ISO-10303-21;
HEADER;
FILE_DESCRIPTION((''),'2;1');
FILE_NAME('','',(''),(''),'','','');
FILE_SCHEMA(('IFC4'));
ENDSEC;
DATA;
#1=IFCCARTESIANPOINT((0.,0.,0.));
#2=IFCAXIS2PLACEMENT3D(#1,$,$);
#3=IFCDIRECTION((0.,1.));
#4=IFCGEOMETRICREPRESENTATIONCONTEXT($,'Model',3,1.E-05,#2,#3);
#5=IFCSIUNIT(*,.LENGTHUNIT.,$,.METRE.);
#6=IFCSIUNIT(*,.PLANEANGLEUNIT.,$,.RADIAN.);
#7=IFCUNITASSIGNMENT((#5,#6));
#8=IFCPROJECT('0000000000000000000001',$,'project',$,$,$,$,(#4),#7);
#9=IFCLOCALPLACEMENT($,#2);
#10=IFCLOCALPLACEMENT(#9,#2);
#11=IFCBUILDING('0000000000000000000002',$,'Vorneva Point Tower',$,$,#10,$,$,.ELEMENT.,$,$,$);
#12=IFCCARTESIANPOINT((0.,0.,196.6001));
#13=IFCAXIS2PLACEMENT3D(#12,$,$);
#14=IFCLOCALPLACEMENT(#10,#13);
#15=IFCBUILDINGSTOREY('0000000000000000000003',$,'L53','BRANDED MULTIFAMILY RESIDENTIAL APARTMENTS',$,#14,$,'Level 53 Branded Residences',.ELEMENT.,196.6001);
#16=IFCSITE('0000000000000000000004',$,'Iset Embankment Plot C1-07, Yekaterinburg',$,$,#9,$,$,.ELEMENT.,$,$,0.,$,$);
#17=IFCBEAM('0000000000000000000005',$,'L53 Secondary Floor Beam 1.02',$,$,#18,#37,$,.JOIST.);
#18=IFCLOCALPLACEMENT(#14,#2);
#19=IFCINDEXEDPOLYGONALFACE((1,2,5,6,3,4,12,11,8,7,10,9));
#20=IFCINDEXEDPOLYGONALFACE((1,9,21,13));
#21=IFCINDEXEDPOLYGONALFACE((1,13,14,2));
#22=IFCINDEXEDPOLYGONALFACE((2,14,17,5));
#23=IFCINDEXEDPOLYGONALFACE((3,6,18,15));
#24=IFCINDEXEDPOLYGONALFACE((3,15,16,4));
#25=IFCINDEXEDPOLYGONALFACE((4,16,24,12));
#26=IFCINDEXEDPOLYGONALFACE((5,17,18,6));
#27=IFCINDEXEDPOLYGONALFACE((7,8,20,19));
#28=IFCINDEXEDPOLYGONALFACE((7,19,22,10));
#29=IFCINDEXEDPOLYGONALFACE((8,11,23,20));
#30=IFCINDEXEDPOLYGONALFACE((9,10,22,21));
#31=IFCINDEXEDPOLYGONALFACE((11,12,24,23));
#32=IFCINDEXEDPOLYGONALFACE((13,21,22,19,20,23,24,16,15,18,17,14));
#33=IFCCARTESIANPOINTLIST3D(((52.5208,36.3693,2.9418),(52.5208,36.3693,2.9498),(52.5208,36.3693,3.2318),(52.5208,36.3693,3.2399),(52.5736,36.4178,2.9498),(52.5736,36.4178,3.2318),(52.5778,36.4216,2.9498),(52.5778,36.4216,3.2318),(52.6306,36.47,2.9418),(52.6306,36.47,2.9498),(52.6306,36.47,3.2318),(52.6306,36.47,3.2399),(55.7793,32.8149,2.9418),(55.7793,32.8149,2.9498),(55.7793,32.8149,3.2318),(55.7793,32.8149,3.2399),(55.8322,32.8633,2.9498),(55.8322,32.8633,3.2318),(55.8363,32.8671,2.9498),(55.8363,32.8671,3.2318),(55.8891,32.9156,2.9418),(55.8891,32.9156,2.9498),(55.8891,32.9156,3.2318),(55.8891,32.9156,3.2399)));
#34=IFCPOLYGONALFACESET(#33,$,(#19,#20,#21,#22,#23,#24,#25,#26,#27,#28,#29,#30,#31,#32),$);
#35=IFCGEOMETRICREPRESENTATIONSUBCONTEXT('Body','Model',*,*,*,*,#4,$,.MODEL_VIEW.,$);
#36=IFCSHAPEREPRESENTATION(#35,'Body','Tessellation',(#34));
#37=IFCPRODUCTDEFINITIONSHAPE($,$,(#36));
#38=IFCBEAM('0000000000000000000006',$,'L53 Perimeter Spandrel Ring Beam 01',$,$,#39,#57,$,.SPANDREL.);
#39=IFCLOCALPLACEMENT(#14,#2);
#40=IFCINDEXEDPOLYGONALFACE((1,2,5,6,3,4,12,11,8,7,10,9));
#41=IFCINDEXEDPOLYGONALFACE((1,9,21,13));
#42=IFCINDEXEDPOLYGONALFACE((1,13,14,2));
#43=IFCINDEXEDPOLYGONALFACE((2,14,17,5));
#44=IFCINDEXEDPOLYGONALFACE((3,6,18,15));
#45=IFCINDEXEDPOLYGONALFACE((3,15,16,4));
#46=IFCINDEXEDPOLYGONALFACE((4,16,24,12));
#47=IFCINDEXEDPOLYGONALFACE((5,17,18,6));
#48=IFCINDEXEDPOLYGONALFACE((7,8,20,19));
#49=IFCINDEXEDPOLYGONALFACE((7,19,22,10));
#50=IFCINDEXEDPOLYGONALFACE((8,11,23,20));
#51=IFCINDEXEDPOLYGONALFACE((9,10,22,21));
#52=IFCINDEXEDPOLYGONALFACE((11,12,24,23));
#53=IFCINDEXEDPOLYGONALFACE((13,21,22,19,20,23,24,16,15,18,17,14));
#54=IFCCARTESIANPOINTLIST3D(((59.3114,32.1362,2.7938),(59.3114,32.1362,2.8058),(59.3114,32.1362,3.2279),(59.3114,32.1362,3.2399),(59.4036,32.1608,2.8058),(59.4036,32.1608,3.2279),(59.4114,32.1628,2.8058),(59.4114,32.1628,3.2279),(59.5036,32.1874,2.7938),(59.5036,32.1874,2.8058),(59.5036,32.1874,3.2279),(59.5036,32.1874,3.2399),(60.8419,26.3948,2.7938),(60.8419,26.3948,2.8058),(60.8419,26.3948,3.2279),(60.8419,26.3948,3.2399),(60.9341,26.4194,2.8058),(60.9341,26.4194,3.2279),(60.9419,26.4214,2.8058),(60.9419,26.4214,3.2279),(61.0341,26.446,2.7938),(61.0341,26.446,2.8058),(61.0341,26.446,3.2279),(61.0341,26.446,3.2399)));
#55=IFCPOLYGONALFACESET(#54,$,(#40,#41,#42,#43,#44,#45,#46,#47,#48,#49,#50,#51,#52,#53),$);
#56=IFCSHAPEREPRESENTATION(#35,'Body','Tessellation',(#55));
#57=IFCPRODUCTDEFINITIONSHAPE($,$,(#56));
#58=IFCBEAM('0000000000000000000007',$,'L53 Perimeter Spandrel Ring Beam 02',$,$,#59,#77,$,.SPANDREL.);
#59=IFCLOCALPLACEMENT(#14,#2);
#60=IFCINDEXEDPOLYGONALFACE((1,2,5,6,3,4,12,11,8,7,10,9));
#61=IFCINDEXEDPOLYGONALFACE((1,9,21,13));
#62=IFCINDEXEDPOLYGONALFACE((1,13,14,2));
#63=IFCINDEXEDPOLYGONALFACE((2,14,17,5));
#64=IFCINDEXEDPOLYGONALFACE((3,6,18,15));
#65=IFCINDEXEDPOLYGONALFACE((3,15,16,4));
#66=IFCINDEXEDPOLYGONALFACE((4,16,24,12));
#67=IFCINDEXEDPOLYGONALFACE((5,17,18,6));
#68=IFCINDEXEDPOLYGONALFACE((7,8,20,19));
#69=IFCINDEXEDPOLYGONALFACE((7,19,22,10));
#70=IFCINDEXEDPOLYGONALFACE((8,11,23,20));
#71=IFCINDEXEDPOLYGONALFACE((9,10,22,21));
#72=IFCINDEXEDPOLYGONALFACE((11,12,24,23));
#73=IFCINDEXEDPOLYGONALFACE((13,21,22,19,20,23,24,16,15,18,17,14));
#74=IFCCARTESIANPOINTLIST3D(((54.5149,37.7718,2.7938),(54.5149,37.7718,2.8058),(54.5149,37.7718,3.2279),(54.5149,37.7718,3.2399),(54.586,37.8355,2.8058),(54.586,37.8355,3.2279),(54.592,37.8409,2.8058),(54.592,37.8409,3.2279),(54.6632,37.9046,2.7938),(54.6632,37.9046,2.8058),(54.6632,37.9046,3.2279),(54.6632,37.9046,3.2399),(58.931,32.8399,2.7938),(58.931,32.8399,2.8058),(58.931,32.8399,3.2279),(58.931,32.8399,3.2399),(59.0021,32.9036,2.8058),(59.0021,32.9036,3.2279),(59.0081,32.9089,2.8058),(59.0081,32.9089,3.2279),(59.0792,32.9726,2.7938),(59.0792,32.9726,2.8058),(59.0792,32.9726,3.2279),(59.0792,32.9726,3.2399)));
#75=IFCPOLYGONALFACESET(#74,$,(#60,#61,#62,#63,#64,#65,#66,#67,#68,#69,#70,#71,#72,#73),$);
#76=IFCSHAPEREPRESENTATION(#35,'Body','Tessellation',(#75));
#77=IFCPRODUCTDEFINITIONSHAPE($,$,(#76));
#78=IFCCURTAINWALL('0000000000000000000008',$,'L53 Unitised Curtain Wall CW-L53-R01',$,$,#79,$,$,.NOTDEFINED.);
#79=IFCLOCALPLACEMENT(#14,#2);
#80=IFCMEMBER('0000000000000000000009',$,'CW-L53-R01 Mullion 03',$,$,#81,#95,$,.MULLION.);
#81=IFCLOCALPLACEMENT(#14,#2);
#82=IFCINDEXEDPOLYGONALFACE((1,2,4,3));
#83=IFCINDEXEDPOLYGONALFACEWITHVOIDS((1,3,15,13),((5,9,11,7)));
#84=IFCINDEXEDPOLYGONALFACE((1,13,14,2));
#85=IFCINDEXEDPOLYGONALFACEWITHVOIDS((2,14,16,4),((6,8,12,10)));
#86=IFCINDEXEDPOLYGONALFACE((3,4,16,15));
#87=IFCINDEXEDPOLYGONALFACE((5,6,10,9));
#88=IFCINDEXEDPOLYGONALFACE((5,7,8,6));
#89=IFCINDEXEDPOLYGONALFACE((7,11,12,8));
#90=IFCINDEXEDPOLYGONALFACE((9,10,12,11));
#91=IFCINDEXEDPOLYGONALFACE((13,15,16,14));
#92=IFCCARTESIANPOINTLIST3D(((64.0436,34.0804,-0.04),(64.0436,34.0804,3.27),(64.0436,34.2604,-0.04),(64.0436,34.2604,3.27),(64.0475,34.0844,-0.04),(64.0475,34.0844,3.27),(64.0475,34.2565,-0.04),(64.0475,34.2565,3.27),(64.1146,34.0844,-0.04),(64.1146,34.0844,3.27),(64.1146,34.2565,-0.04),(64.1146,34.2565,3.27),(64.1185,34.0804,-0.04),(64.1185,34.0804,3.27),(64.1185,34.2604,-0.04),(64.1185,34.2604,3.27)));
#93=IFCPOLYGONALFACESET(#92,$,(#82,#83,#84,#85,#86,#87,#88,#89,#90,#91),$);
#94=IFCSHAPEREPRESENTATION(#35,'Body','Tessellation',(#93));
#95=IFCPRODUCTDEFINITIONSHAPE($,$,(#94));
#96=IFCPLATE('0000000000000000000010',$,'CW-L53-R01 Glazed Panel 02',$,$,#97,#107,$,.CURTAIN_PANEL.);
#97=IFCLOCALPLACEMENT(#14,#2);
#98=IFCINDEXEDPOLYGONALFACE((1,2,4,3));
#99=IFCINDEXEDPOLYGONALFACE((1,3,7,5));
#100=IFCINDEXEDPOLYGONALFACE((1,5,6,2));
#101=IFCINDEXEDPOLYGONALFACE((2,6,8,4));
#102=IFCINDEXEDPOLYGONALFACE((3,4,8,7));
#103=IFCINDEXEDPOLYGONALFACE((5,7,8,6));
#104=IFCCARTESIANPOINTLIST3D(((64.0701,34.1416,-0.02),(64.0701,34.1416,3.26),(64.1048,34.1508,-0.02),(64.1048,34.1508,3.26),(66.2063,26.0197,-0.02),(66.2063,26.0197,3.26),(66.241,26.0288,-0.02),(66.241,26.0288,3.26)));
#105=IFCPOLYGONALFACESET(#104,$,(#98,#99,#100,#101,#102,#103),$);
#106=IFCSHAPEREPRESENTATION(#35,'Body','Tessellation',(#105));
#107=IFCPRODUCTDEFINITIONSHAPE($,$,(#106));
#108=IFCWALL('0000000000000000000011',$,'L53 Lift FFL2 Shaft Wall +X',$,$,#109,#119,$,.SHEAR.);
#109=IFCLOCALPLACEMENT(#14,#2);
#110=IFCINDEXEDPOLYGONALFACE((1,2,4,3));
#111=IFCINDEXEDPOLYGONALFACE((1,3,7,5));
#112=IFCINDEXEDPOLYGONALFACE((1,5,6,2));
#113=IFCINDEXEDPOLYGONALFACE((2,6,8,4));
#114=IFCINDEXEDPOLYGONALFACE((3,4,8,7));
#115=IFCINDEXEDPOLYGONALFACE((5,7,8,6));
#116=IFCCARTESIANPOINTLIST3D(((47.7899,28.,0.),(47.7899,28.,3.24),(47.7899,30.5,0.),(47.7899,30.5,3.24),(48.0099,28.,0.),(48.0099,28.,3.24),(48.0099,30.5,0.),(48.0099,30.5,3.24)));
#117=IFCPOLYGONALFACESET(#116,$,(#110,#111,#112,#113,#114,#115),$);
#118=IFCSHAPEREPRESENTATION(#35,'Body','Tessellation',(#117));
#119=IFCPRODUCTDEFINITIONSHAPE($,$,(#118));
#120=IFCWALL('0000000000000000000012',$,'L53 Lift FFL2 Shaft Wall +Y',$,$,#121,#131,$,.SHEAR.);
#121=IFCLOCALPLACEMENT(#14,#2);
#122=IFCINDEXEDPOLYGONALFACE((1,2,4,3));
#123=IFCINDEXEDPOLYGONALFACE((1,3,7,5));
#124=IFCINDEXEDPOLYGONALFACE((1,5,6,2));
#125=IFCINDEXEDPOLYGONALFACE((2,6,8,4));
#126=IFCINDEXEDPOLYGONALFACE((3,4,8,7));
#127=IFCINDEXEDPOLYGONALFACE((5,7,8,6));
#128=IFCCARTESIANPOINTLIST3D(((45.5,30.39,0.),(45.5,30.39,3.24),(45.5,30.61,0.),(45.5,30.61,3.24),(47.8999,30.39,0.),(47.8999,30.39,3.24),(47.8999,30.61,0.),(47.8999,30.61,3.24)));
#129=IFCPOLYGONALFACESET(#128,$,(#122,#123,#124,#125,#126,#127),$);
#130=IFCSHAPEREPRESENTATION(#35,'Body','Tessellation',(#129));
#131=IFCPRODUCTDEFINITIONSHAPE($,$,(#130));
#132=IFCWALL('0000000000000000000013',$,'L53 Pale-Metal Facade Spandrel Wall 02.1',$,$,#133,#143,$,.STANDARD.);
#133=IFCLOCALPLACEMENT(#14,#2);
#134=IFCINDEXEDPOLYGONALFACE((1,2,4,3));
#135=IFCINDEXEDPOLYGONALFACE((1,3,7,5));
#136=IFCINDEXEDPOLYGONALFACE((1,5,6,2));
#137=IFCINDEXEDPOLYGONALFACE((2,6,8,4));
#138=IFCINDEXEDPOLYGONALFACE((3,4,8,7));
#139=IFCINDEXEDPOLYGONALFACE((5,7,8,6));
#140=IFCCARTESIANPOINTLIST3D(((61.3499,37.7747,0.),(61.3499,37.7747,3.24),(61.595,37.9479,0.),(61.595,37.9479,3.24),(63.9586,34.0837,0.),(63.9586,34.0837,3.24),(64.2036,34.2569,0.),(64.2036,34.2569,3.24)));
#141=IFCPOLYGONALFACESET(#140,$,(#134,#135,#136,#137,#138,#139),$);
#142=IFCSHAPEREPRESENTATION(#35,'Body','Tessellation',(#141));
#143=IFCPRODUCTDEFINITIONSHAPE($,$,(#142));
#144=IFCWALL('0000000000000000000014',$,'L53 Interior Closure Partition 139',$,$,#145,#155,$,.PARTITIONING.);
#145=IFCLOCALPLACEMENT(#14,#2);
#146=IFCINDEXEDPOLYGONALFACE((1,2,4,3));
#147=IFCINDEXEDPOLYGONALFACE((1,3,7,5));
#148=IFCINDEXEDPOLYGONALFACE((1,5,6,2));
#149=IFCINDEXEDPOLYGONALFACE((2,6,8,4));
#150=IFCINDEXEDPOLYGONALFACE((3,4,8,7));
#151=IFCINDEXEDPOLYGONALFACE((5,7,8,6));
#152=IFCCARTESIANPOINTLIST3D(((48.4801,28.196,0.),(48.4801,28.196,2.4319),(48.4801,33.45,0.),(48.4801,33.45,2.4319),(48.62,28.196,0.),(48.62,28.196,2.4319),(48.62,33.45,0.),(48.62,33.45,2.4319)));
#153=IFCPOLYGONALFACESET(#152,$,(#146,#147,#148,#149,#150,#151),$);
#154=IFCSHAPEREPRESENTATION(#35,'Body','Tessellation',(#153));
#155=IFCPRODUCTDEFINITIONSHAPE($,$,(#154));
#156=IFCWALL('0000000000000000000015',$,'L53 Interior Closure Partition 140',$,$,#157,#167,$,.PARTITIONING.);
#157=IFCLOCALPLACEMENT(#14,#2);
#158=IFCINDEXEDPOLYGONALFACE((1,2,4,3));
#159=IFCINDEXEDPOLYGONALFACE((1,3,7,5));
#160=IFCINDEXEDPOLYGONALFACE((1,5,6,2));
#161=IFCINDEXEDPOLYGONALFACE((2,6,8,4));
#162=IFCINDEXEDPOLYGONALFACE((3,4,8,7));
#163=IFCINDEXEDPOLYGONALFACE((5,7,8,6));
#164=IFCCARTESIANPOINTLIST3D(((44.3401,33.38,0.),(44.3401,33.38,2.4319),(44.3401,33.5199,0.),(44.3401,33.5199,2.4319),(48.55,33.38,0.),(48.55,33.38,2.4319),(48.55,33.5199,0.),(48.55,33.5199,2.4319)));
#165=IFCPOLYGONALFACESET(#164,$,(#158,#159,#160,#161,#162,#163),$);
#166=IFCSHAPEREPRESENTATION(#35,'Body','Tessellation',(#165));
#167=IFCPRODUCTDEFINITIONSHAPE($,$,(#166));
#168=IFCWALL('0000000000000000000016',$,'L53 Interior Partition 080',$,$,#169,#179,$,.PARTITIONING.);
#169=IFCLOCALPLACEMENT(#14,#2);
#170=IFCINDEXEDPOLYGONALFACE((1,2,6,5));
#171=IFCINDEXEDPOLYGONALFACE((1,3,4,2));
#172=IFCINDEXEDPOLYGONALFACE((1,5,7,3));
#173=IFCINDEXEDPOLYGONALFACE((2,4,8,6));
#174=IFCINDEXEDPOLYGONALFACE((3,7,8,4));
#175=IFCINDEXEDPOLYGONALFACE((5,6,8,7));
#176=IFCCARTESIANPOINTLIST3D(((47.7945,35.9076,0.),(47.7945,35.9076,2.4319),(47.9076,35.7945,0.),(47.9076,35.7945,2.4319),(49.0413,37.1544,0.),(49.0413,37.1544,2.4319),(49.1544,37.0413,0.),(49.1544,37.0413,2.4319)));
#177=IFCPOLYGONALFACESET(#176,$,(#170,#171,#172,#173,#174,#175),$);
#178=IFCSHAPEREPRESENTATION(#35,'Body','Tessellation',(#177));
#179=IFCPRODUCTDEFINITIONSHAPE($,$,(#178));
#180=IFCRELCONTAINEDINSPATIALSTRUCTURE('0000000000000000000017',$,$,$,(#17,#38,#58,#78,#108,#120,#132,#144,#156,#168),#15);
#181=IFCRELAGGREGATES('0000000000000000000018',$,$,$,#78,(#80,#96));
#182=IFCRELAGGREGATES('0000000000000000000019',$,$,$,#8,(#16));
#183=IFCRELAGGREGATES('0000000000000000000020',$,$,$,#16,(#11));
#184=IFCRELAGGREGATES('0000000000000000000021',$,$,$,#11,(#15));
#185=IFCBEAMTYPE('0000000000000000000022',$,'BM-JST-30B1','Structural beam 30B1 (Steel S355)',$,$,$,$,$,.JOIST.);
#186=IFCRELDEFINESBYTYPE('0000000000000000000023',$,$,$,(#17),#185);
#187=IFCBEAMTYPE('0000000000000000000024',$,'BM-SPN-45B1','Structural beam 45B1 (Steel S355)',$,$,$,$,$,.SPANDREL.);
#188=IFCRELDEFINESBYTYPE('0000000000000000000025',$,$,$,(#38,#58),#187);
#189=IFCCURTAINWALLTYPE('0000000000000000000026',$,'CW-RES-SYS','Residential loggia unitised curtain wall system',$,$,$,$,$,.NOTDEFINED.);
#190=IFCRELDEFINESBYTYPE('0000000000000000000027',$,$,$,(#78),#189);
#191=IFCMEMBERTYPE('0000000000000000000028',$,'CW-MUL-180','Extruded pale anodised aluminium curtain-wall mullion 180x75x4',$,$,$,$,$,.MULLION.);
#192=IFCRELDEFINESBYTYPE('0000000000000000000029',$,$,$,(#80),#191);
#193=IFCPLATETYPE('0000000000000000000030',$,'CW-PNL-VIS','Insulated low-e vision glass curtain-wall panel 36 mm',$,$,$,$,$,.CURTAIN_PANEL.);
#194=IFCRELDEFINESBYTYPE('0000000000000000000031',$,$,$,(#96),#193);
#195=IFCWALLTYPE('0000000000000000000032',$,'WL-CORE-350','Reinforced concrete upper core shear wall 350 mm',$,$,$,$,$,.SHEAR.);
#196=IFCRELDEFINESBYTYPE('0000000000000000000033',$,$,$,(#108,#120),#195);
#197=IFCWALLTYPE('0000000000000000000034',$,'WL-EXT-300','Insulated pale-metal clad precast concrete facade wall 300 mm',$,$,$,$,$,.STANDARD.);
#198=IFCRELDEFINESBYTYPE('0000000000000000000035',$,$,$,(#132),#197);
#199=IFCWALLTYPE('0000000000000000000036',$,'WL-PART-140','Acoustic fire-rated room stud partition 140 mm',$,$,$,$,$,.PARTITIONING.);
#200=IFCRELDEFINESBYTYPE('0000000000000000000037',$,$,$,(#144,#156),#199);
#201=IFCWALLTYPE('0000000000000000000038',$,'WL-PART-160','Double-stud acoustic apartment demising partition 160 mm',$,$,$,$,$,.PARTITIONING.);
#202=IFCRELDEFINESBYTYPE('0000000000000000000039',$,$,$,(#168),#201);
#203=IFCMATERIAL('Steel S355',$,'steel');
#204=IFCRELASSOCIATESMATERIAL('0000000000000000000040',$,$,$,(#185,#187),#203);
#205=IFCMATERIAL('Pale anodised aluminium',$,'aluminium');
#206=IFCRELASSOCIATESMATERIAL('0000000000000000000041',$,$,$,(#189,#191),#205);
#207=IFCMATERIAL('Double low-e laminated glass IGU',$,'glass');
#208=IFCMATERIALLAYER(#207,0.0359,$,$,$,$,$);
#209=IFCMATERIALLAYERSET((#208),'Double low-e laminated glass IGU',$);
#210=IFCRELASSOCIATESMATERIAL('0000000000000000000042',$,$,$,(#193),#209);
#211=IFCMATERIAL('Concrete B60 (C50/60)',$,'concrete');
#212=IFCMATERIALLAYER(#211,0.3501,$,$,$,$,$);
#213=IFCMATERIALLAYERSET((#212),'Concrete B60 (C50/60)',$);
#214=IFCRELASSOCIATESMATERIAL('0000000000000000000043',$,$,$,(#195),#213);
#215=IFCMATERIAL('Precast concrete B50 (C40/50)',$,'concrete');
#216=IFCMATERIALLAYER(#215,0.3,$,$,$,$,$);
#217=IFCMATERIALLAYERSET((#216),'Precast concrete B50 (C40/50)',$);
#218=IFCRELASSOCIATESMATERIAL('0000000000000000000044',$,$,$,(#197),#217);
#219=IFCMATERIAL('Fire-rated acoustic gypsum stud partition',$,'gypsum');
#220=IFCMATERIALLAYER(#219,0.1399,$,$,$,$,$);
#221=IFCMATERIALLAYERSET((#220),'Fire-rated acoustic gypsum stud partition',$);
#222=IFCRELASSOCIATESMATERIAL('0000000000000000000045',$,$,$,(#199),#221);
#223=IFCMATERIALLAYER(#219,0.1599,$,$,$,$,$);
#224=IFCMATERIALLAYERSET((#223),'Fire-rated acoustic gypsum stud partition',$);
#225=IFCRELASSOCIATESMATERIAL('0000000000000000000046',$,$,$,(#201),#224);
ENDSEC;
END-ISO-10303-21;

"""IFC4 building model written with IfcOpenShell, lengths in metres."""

from ifc_helpers import new_model, si_unit, direction, frame, frame_2d, origin, origin_2d, place, context, subcontext, project, spatial, rectangle, hollow_rectangle, i_section, extrude, material, layer, layer_set, material_profile, profile_set, type_object, element, aggregate, save


model = new_model("IFC4")

# Units and contexts
model_context = context("Model", 3, precision=1e-05, world=origin(), true_north=direction((0.0, 1.0)))
body_context = subcontext(model_context, "Body", "Model", "MODEL_VIEW")
ifc_project = project(units=[si_unit("LENGTHUNIT", "METRE"), si_unit("PLANEANGLEUNIT", "RADIAN")], contexts=[model_context])

# Site, building, storey
site_placement = place(None, origin())
site = spatial("IfcSite", under=ifc_project, at=site_placement, Name="Iset Embankment Plot C1-07, Yekaterinburg", CompositionType="ELEMENT", RefElevation=0.0)
building_placement = place(site_placement, origin())
building = spatial("IfcBuilding", under=site, at=building_placement, Name="Vorneva Point Tower", CompositionType="ELEMENT")
storey_placement = place(building_placement, frame((0.0, 0.0, 196.6001)))
storey = spatial("IfcBuildingStorey", under=building, at=storey_placement, Name="L53", Description="BRANDED MULTIFAMILY RESIDENTIAL APARTMENTS", LongName="Level 53 Branded Residences", CompositionType="ELEMENT", Elevation=196.6001)

# Beams
ifc_material_1 = material(Name="Steel S355", Category="steel")
ifc_material_profile_1 = material_profile(ifc_material_1, i_section(OverallWidth=0.1489, OverallDepth=0.2981, WebThickness=0.0056, FlangeThickness=0.0081, at=origin_2d()), Name="30B1")
ifc_profile_set_1 = profile_set([ifc_material_profile_1], Name="Steel S355")
beam_type_1 = type_object("IfcBeamType", Name="BM-JST-30B1", Description="Structural beam 30B1 (Steel S355)", PredefinedType="JOIST", material=ifc_profile_set_1)
beam_1_placement = place(storey_placement, frame((55.8342, 32.8652, 3.0908), z_axis=(-0.675759, 0.737123, 0.0), x_axis=(-0.737123, -0.675759, 0.0)))
element("IfcBeam", 1, at=beam_1_placement, inside=storey, type_object=beam_type_1, Name="L53 Secondary Floor Beam 1.02", PredefinedType="JOIST", context=body_context, shape_type="SweptSolid", body=[
    extrude(i_section(OverallWidth=0.1489, OverallDepth=0.2981, WebThickness=0.0056, FlangeThickness=0.0081, at=origin_2d()), origin(), (0.0, 0.0, 1.0), 4.822),
])
ifc_material_profile_2 = material_profile(ifc_material_1, i_section(OverallWidth=0.199, OverallDepth=0.446, WebThickness=0.0081, FlangeThickness=0.012, at=origin_2d()), Name="45B1")
ifc_profile_set_2 = profile_set([ifc_material_profile_2], Name="Steel S355")
beam_type_2 = type_object("IfcBeamType", Name="BM-SPN-45B1", Description="Structural beam 45B1 (Steel S355)", PredefinedType="SPANDREL", material=ifc_profile_set_2)
beam_2_placement = place(storey_placement, frame((60.938, 26.4204, 3.0168), z_axis=(-0.257578, 0.966257, 0.0), x_axis=(-0.966257, -0.257578, 0.0)))
element("IfcBeam", 2, at=beam_2_placement, inside=storey, type_object=beam_type_2, Name="L53 Perimeter Spandrel Ring Beam 01", PredefinedType="SPANDREL", context=body_context, shape_type="SweptSolid", body=[
    extrude(i_section(OverallWidth=0.199, OverallDepth=0.446, WebThickness=0.0081, FlangeThickness=0.012, at=origin_2d()), origin(), (0.0, 0.0, 1.0), 5.9419),
])
beam_3_placement = place(storey_placement, frame((59.0051, 32.9062, 3.0168), z_axis=(-0.66707, 0.744995, 0.0), x_axis=(-0.744995, -0.66707, 0.0)))
element("IfcBeam", 3, at=beam_3_placement, inside=storey, type_object=beam_type_2, Name="L53 Perimeter Spandrel Ring Beam 02", PredefinedType="SPANDREL", context=body_context, shape_type="SweptSolid", body=[
    extrude(i_section(OverallWidth=0.199, OverallDepth=0.446, WebThickness=0.0081, FlangeThickness=0.012, at=origin_2d()), origin(), (0.0, 0.0, 1.0), 6.6201),
])

# Curtain wall, member, plate
ifc_material_2 = material(Name="Pale anodised aluminium", Category="aluminium")
curtain_wall_type = type_object("IfcCurtainWallType", Name="CW-RES-SYS", Description="Residential loggia unitised curtain wall system", PredefinedType="NOTDEFINED", material=ifc_material_2)
curtain_wall_placement = place(storey_placement, origin())
curtain_wall = element("IfcCurtainWall", 4, at=curtain_wall_placement, inside=storey, type_object=curtain_wall_type, Name="L53 Unitised Curtain Wall CW-L53-R01", PredefinedType="NOTDEFINED")
ifc_material_profile_3 = material_profile(ifc_material_2, hollow_rectangle(XDim=0.075, YDim=0.1799, WallThickness=0.0039, at=origin_2d()), Name="AL-MUL 180x75x4")
ifc_profile_set_3 = profile_set([ifc_material_profile_3], Name="Pale anodised aluminium")
member_type = type_object("IfcMemberType", Name="CW-MUL-180", Description="Extruded pale anodised aluminium curtain-wall mullion 180x75x4", PredefinedType="MULLION", material=ifc_profile_set_3)
member_placement = place(storey_placement, frame((64.0811, 34.1704, -0.04), z_axis=(0.0, 0.0, 1.0), x_axis=(1.0, 0.0, 0.0)))
member = element("IfcMember", 5, at=member_placement, type_object=member_type, Name="CW-L53-R01 Mullion 03", PredefinedType="MULLION", context=body_context, shape_type="SweptSolid", body=[
    extrude(hollow_rectangle(XDim=0.075, YDim=0.1799, WallThickness=0.0039, at=origin_2d()), origin(), (0.0, 0.0, 1.0), 3.3101),
])
ifc_material_3 = material(Name="Double low-e laminated glass IGU", Category="glass")
ifc_layer_1 = layer(ifc_material_3, 0.0359)
ifc_layer_set_1 = layer_set([ifc_layer_1], Name="Double low-e laminated glass IGU")
plate_type = type_object("IfcPlateType", Name="CW-PNL-VIS", Description="Insulated low-e vision glass curtain-wall panel 36 mm", PredefinedType="CURTAIN_PANEL", material=ifc_layer_set_1)
plate_placement = place(storey_placement, frame((65.1555, 30.0852, -0.02), z_axis=(0.0, 0.0, 1.0), x_axis=(-0.254366, 0.967108, 0.0)))
plate = element("IfcPlate", 6, at=plate_placement, type_object=plate_type, Name="CW-L53-R01 Glazed Panel 02", PredefinedType="CURTAIN_PANEL", context=body_context, shape_type="SweptSolid", body=[
    extrude(rectangle(XDim=8.3982, YDim=0.0359, at=origin_2d()), origin(), (0.0, 0.0, 1.0), 3.28),
])
aggregate(curtain_wall, [member, plate])

# Walls
ifc_material_4 = material(Name="Concrete B60 (C50/60)", Category="concrete")
ifc_layer_2 = layer(ifc_material_4, 0.3501)
ifc_layer_set_2 = layer_set([ifc_layer_2], Name="Concrete B60 (C50/60)")
wall_type_1 = type_object("IfcWallType", Name="WL-CORE-350", Description="Reinforced concrete upper core shear wall 350 mm", PredefinedType="SHEAR", material=ifc_layer_set_2)
wall_1_placement = place(storey_placement, frame((47.8999, 28.0, 0.0), z_axis=(0.0, 0.0, 1.0), x_axis=(0.0, 1.0, 0.0)))
element("IfcWall", 7, at=wall_1_placement, inside=storey, type_object=wall_type_1, Name="L53 Lift FFL2 Shaft Wall +X", PredefinedType="SHEAR", context=body_context, shape_type="SweptSolid", body=[
    extrude(rectangle(XDim=2.5, YDim=0.22, at=frame_2d((1.25, 0.0))), origin(), (0.0, 0.0, 1.0), 3.24),
])
wall_2_placement = place(storey_placement, frame((47.8999, 30.5, 0.0), z_axis=(0.0, 0.0, 1.0), x_axis=(-1.0, 0.0, 0.0)))
element("IfcWall", 8, at=wall_2_placement, inside=storey, type_object=wall_type_1, Name="L53 Lift FFL2 Shaft Wall +Y", PredefinedType="SHEAR", context=body_context, shape_type="SweptSolid", body=[
    extrude(rectangle(XDim=2.3999, YDim=0.22, at=frame_2d((1.2, 0.0))), origin(), (0.0, 0.0, 1.0), 3.24),
])
ifc_material_5 = material(Name="Precast concrete B50 (C40/50)", Category="concrete")
ifc_layer_3 = layer(ifc_material_5, 0.3)
ifc_layer_set_3 = layer_set([ifc_layer_3], Name="Precast concrete B50 (C40/50)")
wall_type_2 = type_object("IfcWallType", Name="WL-EXT-300", Description="Insulated pale-metal clad precast concrete facade wall 300 mm", PredefinedType="STANDARD", material=ifc_layer_set_3)
wall_3_placement = place(storey_placement, frame((64.0811, 34.1704, 0.0), z_axis=(0.0, 0.0, 1.0), x_axis=(-0.577169, 0.816625, 0.0)))
element("IfcWall", 9, at=wall_3_placement, inside=storey, type_object=wall_type_2, Name="L53 Pale-Metal Facade Spandrel Wall 02.1", PredefinedType="STANDARD", context=body_context, shape_type="SweptSolid", body=[
    extrude(rectangle(XDim=4.5198, YDim=0.3, at=frame_2d((2.2598, 0.0))), origin(), (0.0, 0.0, 1.0), 3.24),
])
ifc_material_6 = material(Name="Fire-rated acoustic gypsum stud partition", Category="gypsum")
ifc_layer_4 = layer(ifc_material_6, 0.1399)
ifc_layer_set_4 = layer_set([ifc_layer_4], Name="Fire-rated acoustic gypsum stud partition")
wall_type_3 = type_object("IfcWallType", Name="WL-PART-140", Description="Acoustic fire-rated room stud partition 140 mm", PredefinedType="PARTITIONING", material=ifc_layer_set_4)
wall_4_placement = place(storey_placement, frame((48.55, 28.196, 0.0), z_axis=(0.0, 0.0, 1.0), x_axis=(0.0, 1.0, 0.0)))
element("IfcWall", 10, at=wall_4_placement, inside=storey, type_object=wall_type_3, Name="L53 Interior Closure Partition 139", PredefinedType="PARTITIONING", context=body_context, shape_type="SweptSolid", body=[
    extrude(rectangle(XDim=5.2539, YDim=0.1399, at=frame_2d((2.627, 0.0))), origin(), (0.0, 0.0, 1.0), 2.4319),
])
wall_5_placement = place(storey_placement, frame((48.55, 33.45, 0.0), z_axis=(0.0, 0.0, 1.0), x_axis=(-1.0, 0.0, 0.0)))
element("IfcWall", 11, at=wall_5_placement, inside=storey, type_object=wall_type_3, Name="L53 Interior Closure Partition 140", PredefinedType="PARTITIONING", context=body_context, shape_type="SweptSolid", body=[
    extrude(rectangle(XDim=4.21, YDim=0.1399, at=frame_2d((2.105, 0.0))), origin(), (0.0, 0.0, 1.0), 2.4319),
])
ifc_layer_5 = layer(ifc_material_6, 0.1599)
ifc_layer_set_5 = layer_set([ifc_layer_5], Name="Fire-rated acoustic gypsum stud partition")
wall_type_4 = type_object("IfcWallType", Name="WL-PART-160", Description="Double-stud acoustic apartment demising partition 160 mm", PredefinedType="PARTITIONING", material=ifc_layer_set_5)
wall_6_placement = place(storey_placement, frame((47.8511, 35.8511, 0.0), z_axis=(0.0, 0.0, 1.0), x_axis=(0.707107, 0.707107, 0.0)))
element("IfcWall", 12, at=wall_6_placement, inside=storey, type_object=wall_type_4, Name="L53 Interior Partition 080", PredefinedType="PARTITIONING", context=body_context, shape_type="SweptSolid", body=[
    extrude(rectangle(XDim=1.7632, YDim=0.1599, at=frame_2d((0.8816, 0.0))), origin(), (0.0, 0.0, 1.0), 2.4319),
])

save(model, "model.ifc")
